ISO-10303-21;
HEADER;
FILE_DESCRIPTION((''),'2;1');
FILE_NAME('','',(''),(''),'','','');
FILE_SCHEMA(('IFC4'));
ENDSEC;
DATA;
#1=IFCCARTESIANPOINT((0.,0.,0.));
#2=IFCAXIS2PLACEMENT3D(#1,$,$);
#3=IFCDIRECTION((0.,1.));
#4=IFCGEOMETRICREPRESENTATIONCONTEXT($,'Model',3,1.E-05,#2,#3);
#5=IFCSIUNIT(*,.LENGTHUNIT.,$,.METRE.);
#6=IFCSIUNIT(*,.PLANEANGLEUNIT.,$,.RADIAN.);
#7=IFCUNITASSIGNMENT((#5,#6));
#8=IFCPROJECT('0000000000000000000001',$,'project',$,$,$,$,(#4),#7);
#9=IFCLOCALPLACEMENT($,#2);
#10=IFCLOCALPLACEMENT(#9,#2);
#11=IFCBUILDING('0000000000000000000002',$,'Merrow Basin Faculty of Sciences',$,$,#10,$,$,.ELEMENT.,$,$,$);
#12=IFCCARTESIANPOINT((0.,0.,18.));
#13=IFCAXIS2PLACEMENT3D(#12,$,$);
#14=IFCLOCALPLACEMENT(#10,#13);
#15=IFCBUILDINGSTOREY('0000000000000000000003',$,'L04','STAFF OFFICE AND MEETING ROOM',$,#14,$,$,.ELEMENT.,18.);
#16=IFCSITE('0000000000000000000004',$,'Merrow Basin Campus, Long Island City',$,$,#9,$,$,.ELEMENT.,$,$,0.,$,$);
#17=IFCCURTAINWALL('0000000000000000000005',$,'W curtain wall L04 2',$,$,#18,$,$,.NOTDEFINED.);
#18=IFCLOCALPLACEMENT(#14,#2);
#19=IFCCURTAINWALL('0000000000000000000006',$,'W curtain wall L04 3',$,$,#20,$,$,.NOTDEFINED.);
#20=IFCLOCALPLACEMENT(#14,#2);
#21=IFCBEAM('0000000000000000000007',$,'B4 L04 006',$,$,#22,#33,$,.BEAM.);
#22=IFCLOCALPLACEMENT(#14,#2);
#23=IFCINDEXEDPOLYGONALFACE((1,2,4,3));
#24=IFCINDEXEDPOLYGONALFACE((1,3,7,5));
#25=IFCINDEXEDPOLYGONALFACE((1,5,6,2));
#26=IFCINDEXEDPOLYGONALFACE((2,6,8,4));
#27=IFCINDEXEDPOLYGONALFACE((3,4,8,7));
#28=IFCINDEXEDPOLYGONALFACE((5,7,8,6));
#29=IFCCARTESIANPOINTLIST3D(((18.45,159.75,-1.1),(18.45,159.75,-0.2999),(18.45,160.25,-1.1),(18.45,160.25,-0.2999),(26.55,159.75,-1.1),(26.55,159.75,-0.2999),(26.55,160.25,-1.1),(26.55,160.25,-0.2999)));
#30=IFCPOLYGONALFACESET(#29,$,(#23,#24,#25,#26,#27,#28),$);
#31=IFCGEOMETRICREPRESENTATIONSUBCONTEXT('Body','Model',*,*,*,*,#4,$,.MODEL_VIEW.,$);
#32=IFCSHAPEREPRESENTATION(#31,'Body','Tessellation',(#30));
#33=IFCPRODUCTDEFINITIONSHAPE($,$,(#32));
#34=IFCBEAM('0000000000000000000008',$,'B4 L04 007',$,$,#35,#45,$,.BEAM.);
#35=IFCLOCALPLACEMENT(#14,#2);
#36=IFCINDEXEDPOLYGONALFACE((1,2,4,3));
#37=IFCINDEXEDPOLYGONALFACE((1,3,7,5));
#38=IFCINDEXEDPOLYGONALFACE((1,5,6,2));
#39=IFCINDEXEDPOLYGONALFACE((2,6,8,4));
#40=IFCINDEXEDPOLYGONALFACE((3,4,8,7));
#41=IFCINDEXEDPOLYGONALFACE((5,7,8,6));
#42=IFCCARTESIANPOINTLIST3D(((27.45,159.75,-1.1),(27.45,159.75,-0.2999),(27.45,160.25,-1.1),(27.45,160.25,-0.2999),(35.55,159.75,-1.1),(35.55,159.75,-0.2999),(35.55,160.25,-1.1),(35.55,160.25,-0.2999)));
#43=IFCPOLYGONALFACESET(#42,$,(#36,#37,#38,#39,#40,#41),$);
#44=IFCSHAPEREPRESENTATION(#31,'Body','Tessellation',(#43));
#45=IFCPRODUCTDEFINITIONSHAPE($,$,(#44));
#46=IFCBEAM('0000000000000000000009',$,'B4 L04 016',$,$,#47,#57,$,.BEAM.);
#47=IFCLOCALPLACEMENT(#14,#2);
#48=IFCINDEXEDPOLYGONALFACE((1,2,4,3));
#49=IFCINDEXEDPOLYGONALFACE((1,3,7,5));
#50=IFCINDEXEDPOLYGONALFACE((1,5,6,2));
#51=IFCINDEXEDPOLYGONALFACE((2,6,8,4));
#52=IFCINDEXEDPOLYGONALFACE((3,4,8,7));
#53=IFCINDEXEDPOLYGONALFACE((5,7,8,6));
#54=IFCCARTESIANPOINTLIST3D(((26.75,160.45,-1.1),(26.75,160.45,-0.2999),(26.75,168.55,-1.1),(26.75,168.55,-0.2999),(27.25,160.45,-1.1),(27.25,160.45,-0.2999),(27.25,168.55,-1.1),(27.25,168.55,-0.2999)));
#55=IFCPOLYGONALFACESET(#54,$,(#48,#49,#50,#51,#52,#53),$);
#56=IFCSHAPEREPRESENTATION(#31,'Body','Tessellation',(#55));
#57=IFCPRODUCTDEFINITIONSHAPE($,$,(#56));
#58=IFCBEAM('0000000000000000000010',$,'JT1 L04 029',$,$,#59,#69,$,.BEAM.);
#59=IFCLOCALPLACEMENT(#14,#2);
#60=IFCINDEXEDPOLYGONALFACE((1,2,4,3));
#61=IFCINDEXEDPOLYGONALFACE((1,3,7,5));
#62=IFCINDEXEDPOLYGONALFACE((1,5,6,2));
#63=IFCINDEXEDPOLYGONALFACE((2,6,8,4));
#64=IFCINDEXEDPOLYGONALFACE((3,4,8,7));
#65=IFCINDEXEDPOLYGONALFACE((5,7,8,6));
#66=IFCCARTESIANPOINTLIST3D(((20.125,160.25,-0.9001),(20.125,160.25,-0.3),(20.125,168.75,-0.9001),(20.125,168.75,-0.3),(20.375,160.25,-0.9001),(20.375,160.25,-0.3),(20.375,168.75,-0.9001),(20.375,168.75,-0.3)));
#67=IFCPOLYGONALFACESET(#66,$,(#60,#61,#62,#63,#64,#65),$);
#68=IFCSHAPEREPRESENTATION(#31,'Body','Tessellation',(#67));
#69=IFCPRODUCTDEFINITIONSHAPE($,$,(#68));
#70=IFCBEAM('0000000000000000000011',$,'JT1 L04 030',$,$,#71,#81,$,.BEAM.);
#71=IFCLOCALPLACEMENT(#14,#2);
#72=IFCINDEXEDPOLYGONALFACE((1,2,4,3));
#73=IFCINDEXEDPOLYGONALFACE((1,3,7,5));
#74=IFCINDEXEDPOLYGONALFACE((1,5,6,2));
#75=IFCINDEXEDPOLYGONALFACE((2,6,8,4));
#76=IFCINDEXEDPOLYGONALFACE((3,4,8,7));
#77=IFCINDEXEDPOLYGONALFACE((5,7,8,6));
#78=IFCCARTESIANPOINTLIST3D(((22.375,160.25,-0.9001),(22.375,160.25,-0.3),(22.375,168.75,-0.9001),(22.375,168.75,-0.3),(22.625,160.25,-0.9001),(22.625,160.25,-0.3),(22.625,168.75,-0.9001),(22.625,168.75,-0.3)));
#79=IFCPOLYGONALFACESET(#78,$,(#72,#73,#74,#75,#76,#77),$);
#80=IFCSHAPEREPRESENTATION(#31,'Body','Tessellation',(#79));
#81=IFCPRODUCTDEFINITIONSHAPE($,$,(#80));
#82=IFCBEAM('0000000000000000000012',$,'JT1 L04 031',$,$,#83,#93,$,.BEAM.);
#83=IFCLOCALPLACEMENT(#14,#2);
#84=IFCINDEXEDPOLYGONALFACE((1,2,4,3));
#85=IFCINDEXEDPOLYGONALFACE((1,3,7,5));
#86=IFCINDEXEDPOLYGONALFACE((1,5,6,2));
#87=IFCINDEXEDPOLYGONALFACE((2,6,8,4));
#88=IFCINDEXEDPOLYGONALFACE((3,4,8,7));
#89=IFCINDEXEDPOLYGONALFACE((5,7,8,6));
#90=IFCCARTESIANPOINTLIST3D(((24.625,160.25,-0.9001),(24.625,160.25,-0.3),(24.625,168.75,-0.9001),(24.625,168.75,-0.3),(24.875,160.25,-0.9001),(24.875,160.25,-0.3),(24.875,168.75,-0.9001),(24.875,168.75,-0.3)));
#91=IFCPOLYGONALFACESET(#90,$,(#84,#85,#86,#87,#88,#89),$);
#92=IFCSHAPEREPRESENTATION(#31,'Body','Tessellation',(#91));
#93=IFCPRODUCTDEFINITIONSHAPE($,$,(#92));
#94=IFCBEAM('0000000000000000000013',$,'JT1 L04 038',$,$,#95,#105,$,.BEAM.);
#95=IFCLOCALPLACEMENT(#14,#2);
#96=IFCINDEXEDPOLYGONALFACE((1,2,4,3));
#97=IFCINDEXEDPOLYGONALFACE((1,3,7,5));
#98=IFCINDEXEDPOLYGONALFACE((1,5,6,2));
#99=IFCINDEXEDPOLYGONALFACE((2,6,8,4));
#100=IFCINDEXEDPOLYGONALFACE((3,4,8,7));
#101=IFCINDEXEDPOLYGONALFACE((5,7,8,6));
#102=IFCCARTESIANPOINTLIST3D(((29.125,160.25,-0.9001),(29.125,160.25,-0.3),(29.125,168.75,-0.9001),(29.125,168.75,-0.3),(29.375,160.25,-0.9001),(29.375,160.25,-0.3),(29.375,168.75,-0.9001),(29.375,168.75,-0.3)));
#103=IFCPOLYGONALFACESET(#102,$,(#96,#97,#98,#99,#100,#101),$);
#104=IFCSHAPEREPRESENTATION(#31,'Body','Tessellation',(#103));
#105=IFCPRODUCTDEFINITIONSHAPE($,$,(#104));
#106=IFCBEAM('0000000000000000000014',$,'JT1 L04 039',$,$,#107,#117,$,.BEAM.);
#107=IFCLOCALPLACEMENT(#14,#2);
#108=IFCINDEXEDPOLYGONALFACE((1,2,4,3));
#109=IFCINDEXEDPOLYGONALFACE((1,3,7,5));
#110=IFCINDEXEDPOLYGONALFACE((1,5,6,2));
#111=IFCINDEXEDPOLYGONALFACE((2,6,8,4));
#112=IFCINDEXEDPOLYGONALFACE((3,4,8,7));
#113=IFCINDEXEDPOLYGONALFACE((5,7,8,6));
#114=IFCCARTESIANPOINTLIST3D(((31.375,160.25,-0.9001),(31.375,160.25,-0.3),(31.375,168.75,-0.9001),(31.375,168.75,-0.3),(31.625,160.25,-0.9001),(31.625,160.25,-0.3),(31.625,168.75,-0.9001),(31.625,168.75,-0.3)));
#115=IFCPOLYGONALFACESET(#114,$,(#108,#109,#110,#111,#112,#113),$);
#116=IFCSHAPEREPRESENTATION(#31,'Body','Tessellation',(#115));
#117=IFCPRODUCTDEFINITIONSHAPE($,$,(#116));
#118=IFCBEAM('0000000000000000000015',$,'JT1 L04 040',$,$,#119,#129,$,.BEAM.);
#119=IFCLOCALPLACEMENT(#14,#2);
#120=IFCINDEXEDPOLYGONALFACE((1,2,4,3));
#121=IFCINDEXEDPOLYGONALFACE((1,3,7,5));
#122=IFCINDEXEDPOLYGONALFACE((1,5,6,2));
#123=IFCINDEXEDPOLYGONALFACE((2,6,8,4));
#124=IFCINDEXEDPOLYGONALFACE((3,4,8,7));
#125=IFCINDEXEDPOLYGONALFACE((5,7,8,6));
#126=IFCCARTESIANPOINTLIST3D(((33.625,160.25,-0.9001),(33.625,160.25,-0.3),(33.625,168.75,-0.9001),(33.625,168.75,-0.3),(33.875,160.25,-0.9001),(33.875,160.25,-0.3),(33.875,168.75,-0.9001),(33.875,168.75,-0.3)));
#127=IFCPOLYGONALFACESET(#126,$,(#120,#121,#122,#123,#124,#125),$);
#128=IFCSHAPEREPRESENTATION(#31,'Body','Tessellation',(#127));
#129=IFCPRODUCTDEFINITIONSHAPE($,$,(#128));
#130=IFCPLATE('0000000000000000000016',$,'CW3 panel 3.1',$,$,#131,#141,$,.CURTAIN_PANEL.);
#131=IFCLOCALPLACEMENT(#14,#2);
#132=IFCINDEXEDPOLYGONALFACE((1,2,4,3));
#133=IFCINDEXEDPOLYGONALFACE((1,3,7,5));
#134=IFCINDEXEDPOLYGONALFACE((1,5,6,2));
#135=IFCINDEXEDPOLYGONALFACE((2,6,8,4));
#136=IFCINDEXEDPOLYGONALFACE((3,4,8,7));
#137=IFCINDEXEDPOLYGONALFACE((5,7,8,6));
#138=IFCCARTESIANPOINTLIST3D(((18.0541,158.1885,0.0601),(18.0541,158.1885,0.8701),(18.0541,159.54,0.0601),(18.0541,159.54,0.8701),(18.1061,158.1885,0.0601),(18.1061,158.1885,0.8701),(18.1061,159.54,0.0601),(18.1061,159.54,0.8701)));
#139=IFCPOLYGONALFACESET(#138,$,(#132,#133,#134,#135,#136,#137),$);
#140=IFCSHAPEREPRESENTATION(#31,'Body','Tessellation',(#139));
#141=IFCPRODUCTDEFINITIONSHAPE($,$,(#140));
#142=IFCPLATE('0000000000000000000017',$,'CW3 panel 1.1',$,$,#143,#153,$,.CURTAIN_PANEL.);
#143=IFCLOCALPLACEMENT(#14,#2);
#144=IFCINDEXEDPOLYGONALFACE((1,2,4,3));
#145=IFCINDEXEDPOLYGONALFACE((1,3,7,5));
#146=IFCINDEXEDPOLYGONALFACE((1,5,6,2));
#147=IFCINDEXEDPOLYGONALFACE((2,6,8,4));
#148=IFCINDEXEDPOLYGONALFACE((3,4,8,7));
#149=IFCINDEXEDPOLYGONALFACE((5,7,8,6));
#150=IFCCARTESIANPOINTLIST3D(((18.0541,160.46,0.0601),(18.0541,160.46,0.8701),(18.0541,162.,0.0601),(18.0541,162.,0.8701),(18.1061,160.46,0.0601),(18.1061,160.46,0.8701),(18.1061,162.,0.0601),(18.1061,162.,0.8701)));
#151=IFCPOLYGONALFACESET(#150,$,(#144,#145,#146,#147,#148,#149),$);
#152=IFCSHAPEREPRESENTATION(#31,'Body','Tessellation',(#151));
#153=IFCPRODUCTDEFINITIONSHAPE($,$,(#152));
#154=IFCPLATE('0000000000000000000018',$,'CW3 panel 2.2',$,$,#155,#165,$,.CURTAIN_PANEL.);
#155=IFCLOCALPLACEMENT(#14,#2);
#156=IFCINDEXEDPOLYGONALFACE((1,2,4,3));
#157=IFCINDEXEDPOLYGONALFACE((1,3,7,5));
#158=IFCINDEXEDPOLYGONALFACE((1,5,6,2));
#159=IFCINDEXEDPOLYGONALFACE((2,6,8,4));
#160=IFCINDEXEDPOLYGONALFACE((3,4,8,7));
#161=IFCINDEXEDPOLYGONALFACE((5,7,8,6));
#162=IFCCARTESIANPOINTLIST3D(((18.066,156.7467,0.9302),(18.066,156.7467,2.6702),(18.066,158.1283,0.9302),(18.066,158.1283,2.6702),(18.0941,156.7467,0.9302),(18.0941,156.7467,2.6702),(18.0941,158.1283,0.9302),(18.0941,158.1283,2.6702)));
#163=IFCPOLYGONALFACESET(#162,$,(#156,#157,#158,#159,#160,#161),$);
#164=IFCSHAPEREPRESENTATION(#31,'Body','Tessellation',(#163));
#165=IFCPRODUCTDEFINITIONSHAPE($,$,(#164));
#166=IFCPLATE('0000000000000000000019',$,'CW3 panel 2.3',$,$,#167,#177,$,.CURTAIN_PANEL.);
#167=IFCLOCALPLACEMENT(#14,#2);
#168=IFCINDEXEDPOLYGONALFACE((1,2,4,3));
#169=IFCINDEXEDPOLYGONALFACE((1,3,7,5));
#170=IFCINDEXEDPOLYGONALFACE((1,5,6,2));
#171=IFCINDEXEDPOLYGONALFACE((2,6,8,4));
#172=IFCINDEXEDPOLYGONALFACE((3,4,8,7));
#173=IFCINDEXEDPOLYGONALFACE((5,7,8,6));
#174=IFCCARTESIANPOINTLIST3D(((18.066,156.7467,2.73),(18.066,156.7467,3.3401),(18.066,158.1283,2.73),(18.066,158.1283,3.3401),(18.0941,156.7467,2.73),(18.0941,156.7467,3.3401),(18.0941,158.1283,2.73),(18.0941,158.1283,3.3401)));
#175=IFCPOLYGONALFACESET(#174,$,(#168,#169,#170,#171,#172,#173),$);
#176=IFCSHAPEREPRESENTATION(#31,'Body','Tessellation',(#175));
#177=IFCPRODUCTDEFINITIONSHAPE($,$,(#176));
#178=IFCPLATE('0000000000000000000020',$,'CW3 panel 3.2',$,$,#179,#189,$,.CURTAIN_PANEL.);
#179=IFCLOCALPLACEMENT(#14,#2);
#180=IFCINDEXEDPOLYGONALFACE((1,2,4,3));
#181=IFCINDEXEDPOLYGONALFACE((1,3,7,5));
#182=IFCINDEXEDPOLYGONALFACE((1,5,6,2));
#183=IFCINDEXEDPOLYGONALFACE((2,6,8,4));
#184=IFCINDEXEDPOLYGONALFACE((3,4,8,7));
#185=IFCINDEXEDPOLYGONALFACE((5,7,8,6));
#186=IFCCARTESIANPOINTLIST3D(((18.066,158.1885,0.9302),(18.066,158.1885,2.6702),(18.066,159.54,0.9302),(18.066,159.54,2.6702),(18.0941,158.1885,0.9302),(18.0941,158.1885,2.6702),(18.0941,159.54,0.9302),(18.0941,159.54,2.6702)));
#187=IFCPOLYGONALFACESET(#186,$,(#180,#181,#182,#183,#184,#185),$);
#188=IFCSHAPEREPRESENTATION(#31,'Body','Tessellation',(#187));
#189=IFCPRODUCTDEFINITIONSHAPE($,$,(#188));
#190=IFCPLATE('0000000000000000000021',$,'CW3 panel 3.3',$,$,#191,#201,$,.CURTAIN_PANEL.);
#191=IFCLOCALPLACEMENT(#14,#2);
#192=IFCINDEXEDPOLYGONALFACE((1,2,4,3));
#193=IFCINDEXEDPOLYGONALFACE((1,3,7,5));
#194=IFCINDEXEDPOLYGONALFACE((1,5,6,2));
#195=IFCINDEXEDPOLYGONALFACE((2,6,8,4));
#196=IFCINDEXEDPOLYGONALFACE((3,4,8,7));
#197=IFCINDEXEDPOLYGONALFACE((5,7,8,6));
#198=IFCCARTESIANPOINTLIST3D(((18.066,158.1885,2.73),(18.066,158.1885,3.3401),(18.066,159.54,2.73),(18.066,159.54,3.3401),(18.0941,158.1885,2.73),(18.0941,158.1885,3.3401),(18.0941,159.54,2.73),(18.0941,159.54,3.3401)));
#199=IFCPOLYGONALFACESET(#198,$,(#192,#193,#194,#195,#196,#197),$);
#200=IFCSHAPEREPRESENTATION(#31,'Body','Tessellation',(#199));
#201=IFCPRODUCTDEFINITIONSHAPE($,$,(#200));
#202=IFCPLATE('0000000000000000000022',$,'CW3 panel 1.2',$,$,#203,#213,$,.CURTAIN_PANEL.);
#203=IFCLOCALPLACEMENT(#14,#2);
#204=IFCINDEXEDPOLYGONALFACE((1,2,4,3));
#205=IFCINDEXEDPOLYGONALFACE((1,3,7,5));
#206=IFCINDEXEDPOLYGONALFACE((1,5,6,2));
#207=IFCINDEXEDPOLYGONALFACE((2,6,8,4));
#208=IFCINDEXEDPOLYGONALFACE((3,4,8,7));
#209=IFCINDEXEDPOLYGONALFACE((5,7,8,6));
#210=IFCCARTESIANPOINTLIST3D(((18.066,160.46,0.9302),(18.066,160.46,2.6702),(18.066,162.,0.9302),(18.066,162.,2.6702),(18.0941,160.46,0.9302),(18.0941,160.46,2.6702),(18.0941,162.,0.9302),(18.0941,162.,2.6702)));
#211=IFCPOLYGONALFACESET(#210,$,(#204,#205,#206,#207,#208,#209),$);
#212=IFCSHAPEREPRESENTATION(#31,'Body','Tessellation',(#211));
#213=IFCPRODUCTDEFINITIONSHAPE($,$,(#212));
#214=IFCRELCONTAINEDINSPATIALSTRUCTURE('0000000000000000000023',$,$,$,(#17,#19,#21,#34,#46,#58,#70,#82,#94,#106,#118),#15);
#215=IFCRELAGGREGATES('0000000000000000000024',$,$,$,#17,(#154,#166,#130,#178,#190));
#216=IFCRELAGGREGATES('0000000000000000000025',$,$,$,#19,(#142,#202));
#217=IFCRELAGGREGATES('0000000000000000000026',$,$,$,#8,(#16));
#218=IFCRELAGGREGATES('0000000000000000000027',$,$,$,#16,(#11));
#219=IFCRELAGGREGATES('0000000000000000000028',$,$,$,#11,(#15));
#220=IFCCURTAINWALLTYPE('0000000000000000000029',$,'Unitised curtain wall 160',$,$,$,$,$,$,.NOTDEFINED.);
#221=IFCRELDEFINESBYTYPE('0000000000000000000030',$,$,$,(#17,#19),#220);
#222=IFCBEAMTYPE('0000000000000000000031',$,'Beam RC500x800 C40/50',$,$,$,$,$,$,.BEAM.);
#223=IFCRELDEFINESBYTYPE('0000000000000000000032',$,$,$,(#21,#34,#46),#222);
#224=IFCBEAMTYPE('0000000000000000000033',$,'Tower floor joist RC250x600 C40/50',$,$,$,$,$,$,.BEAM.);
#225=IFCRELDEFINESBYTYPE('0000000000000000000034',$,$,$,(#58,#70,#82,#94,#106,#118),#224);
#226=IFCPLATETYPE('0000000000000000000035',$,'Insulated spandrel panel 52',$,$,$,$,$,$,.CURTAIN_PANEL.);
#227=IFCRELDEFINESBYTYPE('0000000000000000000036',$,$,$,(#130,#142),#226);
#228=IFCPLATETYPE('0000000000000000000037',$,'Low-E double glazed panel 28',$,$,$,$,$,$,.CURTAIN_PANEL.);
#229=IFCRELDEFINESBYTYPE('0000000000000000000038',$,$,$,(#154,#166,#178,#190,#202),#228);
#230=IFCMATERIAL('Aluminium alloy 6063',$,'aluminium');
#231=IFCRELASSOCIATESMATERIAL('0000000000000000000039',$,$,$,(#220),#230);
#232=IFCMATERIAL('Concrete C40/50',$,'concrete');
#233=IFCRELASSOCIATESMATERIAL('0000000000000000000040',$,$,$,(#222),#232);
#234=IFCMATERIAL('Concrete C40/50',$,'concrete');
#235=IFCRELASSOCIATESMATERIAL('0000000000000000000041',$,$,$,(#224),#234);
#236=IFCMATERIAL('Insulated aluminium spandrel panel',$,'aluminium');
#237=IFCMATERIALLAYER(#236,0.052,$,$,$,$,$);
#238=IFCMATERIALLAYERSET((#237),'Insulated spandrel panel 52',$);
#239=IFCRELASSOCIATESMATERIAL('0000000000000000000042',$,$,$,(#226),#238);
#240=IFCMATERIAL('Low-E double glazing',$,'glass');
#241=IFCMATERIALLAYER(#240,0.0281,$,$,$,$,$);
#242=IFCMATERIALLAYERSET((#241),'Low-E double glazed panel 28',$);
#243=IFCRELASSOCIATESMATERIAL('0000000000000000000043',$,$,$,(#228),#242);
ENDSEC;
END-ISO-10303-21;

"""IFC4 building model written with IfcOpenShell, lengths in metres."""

from ifc_helpers import new_model, si_unit, direction, frame, origin, origin_2d, place, context, subcontext, project, spatial, rectangle, extrude, material, layer, layer_set, material_profile, profile_set, type_object, element, aggregate, save


model = new_model("IFC4")

# Units and contexts
model_context = context("Model", 3, precision=1e-05, world=origin(), true_north=direction((0.0, 1.0)))
body_context = subcontext(model_context, "Body", "Model", "MODEL_VIEW")
ifc_project = project(units=[si_unit("LENGTHUNIT", "METRE"), si_unit("PLANEANGLEUNIT", "RADIAN")], contexts=[model_context])

# Site, building, storey
site_placement = place(None, origin())
site = spatial("IfcSite", under=ifc_project, at=site_placement, Name="Merrow Basin Campus, Long Island City", CompositionType="ELEMENT", RefElevation=0.0)
building_placement = place(site_placement, origin())
building = spatial("IfcBuilding", under=site, at=building_placement, Name="Merrow Basin Faculty of Sciences", CompositionType="ELEMENT")
storey_placement = place(building_placement, frame((0.0, 0.0, 18.0)))
storey = spatial("IfcBuildingStorey", under=building, at=storey_placement, Name="L04", Description="STAFF OFFICE AND MEETING ROOM", CompositionType="ELEMENT", Elevation=18.0)

# Curtain walls
ifc_material_1 = material(Name="Aluminium alloy 6063", Category="aluminium")
curtain_wall_type = type_object("IfcCurtainWallType", Name="Unitised curtain wall 160", PredefinedType="NOTDEFINED", material=ifc_material_1)
curtain_wall_1_placement = place(storey_placement, origin())
curtain_wall_1 = element("IfcCurtainWall", 1, at=curtain_wall_1_placement, inside=storey, type_object=curtain_wall_type, Name="W curtain wall L04 2", PredefinedType="NOTDEFINED")
curtain_wall_2_placement = place(storey_placement, origin())
curtain_wall_2 = element("IfcCurtainWall", 2, at=curtain_wall_2_placement, inside=storey, type_object=curtain_wall_type, Name="W curtain wall L04 3", PredefinedType="NOTDEFINED")

# Beams
ifc_material_2 = material(Name="Concrete C40/50", Category="concrete")
ifc_material_profile_1 = material_profile(ifc_material_2, rectangle(XDim=0.5, YDim=0.8, at=origin_2d()))
ifc_profile_set_1 = profile_set([ifc_material_profile_1], Name="Concrete C40/50")
beam_type_1 = type_object("IfcBeamType", Name="Beam RC500x800 C40/50", PredefinedType="BEAM", material=ifc_profile_set_1)
for number, where, z_axis, x_axis, name in (
    (3, (18.45, 160.0, -0.7), (1.0, 0.0, 0.0), (0.0, 1.0, 0.0), "B4 L04 006"),
    (4, (27.45, 160.0, -0.7), (1.0, 0.0, 0.0), (0.0, 1.0, 0.0), "B4 L04 007"),
    (5, (27.0, 160.45, -0.7), (0.0, 1.0, 0.0), (-1.0, 0.0, 0.0), "B4 L04 016"),
):
    element("IfcBeam", number, at=place(storey_placement, frame(where, z_axis=z_axis, x_axis=x_axis)), inside=storey, type_object=beam_type_1, Name=name, PredefinedType="BEAM", context=body_context, shape_type="SweptSolid", body=[
        extrude(rectangle(XDim=0.5, YDim=0.8, at=origin_2d()), origin(), (0.0, 0.0, 1.0), 8.1001),
    ])
ifc_material_3 = material(Name="Concrete C40/50", Category="concrete")
ifc_material_profile_2 = material_profile(ifc_material_3, rectangle(XDim=0.25, YDim=0.6001, at=origin_2d()))
ifc_profile_set_2 = profile_set([ifc_material_profile_2], Name="Concrete C40/50")
beam_type_2 = type_object("IfcBeamType", Name="Tower floor joist RC250x600 C40/50", PredefinedType="BEAM", material=ifc_profile_set_2)
for number, where, z_axis, x_axis, name in (
    (6, (20.25, 160.25, -0.6001), (0.0, 1.0, 0.0), (-1.0, 0.0, 0.0), "JT1 L04 029"),
    (7, (22.5, 160.25, -0.6001), (0.0, 1.0, 0.0), (-1.0, 0.0, 0.0), "JT1 L04 030"),
    (8, (24.75, 160.25, -0.6001), (0.0, 1.0, 0.0), (-1.0, 0.0, 0.0), "JT1 L04 031"),
    (9, (29.25, 160.25, -0.6001), (0.0, 1.0, 0.0), (-1.0, 0.0, 0.0), "JT1 L04 038"),
    (10, (31.5, 160.25, -0.6001), (0.0, 1.0, 0.0), (-1.0, 0.0, 0.0), "JT1 L04 039"),
    (11, (33.75, 160.25, -0.6001), (0.0, 1.0, 0.0), (-1.0, 0.0, 0.0), "JT1 L04 040"),
):
    element("IfcBeam", number, at=place(storey_placement, frame(where, z_axis=z_axis, x_axis=x_axis)), inside=storey, type_object=beam_type_2, Name=name, PredefinedType="BEAM", context=body_context, shape_type="SweptSolid", body=[
        extrude(rectangle(XDim=0.25, YDim=0.6001, at=origin_2d()), origin(), (0.0, 0.0, 1.0), 8.5),
    ])

# Plates
ifc_material_4 = material(Name="Insulated aluminium spandrel panel", Category="aluminium")
ifc_layer_1 = layer(ifc_material_4, 0.052)
ifc_layer_set_1 = layer_set([ifc_layer_1], Name="Insulated spandrel panel 52")
plate_type_1 = type_object("IfcPlateType", Name="Insulated spandrel panel 52", PredefinedType="CURTAIN_PANEL", material=ifc_layer_set_1)
plate_1_placement = place(storey_placement, frame((18.0801, 158.8643, 0.0601), z_axis=(0.0, 0.0, 1.0), x_axis=(0.0, 1.0, 0.0)))
plate_1 = element("IfcPlate", 12, at=plate_1_placement, type_object=plate_type_1, Name="CW3 panel 3.1", PredefinedType="CURTAIN_PANEL", context=body_context, shape_type="SweptSolid", body=[
    extrude(rectangle(XDim=1.3516, YDim=0.052, at=origin_2d()), origin(), (0.0, 0.0, 1.0), 0.8101),
])
plate_2_placement = place(storey_placement, frame((18.0801, 161.23, 0.0601), z_axis=(0.0, 0.0, 1.0), x_axis=(0.0, 1.0, 0.0)))
plate_2 = element("IfcPlate", 13, at=plate_2_placement, type_object=plate_type_1, Name="CW3 panel 1.1", PredefinedType="CURTAIN_PANEL", context=body_context, shape_type="SweptSolid", body=[
    extrude(rectangle(XDim=1.54, YDim=0.052, at=origin_2d()), origin(), (0.0, 0.0, 1.0), 0.8101),
])
ifc_material_5 = material(Name="Low-E double glazing", Category="glass")
ifc_layer_2 = layer(ifc_material_5, 0.0281)
ifc_layer_set_2 = layer_set([ifc_layer_2], Name="Low-E double glazed panel 28")
plate_type_2 = type_object("IfcPlateType", Name="Low-E double glazed panel 28", PredefinedType="CURTAIN_PANEL", material=ifc_layer_set_2)
plate_3_placement = place(storey_placement, frame((18.0801, 157.4375, 0.9302), z_axis=(0.0, 0.0, 1.0), x_axis=(0.0, 1.0, 0.0)))
plate_3 = element("IfcPlate", 14, at=plate_3_placement, type_object=plate_type_2, Name="CW3 panel 2.2", PredefinedType="CURTAIN_PANEL", context=body_context, shape_type="SweptSolid", body=[
    extrude(rectangle(XDim=1.3816, YDim=0.0281, at=origin_2d()), origin(), (0.0, 0.0, 1.0), 1.74),
])
plate_4_placement = place(storey_placement, frame((18.0801, 157.4375, 2.73), z_axis=(0.0, 0.0, 1.0), x_axis=(0.0, 1.0, 0.0)))
plate_4 = element("IfcPlate", 15, at=plate_4_placement, type_object=plate_type_2, Name="CW3 panel 2.3", PredefinedType="CURTAIN_PANEL", context=body_context, shape_type="SweptSolid", body=[
    extrude(rectangle(XDim=1.3816, YDim=0.0281, at=origin_2d()), origin(), (0.0, 0.0, 1.0), 0.6101),
])
plate_5_placement = place(storey_placement, frame((18.0801, 158.8643, 0.9302), z_axis=(0.0, 0.0, 1.0), x_axis=(0.0, 1.0, 0.0)))
plate_5 = element("IfcPlate", 16, at=plate_5_placement, type_object=plate_type_2, Name="CW3 panel 3.2", PredefinedType="CURTAIN_PANEL", context=body_context, shape_type="SweptSolid", body=[
    extrude(rectangle(XDim=1.3516, YDim=0.0281, at=origin_2d()), origin(), (0.0, 0.0, 1.0), 1.74),
])
plate_6_placement = place(storey_placement, frame((18.0801, 158.8643, 2.73), z_axis=(0.0, 0.0, 1.0), x_axis=(0.0, 1.0, 0.0)))
plate_6 = element("IfcPlate", 17, at=plate_6_placement, type_object=plate_type_2, Name="CW3 panel 3.3", PredefinedType="CURTAIN_PANEL", context=body_context, shape_type="SweptSolid", body=[
    extrude(rectangle(XDim=1.3516, YDim=0.0281, at=origin_2d()), origin(), (0.0, 0.0, 1.0), 0.6101),
])
aggregate(curtain_wall_1, [plate_3, plate_4, plate_1, plate_5, plate_6])
plate_7_placement = place(storey_placement, frame((18.0801, 161.23, 0.9302), z_axis=(0.0, 0.0, 1.0), x_axis=(0.0, 1.0, 0.0)))
plate_7 = element("IfcPlate", 18, at=plate_7_placement, type_object=plate_type_2, Name="CW3 panel 1.2", PredefinedType="CURTAIN_PANEL", context=body_context, shape_type="SweptSolid", body=[
    extrude(rectangle(XDim=1.54, YDim=0.0281, at=origin_2d()), origin(), (0.0, 0.0, 1.0), 1.74),
])
aggregate(curtain_wall_2, [plate_2, plate_7])

save(model, "model.ifc")
